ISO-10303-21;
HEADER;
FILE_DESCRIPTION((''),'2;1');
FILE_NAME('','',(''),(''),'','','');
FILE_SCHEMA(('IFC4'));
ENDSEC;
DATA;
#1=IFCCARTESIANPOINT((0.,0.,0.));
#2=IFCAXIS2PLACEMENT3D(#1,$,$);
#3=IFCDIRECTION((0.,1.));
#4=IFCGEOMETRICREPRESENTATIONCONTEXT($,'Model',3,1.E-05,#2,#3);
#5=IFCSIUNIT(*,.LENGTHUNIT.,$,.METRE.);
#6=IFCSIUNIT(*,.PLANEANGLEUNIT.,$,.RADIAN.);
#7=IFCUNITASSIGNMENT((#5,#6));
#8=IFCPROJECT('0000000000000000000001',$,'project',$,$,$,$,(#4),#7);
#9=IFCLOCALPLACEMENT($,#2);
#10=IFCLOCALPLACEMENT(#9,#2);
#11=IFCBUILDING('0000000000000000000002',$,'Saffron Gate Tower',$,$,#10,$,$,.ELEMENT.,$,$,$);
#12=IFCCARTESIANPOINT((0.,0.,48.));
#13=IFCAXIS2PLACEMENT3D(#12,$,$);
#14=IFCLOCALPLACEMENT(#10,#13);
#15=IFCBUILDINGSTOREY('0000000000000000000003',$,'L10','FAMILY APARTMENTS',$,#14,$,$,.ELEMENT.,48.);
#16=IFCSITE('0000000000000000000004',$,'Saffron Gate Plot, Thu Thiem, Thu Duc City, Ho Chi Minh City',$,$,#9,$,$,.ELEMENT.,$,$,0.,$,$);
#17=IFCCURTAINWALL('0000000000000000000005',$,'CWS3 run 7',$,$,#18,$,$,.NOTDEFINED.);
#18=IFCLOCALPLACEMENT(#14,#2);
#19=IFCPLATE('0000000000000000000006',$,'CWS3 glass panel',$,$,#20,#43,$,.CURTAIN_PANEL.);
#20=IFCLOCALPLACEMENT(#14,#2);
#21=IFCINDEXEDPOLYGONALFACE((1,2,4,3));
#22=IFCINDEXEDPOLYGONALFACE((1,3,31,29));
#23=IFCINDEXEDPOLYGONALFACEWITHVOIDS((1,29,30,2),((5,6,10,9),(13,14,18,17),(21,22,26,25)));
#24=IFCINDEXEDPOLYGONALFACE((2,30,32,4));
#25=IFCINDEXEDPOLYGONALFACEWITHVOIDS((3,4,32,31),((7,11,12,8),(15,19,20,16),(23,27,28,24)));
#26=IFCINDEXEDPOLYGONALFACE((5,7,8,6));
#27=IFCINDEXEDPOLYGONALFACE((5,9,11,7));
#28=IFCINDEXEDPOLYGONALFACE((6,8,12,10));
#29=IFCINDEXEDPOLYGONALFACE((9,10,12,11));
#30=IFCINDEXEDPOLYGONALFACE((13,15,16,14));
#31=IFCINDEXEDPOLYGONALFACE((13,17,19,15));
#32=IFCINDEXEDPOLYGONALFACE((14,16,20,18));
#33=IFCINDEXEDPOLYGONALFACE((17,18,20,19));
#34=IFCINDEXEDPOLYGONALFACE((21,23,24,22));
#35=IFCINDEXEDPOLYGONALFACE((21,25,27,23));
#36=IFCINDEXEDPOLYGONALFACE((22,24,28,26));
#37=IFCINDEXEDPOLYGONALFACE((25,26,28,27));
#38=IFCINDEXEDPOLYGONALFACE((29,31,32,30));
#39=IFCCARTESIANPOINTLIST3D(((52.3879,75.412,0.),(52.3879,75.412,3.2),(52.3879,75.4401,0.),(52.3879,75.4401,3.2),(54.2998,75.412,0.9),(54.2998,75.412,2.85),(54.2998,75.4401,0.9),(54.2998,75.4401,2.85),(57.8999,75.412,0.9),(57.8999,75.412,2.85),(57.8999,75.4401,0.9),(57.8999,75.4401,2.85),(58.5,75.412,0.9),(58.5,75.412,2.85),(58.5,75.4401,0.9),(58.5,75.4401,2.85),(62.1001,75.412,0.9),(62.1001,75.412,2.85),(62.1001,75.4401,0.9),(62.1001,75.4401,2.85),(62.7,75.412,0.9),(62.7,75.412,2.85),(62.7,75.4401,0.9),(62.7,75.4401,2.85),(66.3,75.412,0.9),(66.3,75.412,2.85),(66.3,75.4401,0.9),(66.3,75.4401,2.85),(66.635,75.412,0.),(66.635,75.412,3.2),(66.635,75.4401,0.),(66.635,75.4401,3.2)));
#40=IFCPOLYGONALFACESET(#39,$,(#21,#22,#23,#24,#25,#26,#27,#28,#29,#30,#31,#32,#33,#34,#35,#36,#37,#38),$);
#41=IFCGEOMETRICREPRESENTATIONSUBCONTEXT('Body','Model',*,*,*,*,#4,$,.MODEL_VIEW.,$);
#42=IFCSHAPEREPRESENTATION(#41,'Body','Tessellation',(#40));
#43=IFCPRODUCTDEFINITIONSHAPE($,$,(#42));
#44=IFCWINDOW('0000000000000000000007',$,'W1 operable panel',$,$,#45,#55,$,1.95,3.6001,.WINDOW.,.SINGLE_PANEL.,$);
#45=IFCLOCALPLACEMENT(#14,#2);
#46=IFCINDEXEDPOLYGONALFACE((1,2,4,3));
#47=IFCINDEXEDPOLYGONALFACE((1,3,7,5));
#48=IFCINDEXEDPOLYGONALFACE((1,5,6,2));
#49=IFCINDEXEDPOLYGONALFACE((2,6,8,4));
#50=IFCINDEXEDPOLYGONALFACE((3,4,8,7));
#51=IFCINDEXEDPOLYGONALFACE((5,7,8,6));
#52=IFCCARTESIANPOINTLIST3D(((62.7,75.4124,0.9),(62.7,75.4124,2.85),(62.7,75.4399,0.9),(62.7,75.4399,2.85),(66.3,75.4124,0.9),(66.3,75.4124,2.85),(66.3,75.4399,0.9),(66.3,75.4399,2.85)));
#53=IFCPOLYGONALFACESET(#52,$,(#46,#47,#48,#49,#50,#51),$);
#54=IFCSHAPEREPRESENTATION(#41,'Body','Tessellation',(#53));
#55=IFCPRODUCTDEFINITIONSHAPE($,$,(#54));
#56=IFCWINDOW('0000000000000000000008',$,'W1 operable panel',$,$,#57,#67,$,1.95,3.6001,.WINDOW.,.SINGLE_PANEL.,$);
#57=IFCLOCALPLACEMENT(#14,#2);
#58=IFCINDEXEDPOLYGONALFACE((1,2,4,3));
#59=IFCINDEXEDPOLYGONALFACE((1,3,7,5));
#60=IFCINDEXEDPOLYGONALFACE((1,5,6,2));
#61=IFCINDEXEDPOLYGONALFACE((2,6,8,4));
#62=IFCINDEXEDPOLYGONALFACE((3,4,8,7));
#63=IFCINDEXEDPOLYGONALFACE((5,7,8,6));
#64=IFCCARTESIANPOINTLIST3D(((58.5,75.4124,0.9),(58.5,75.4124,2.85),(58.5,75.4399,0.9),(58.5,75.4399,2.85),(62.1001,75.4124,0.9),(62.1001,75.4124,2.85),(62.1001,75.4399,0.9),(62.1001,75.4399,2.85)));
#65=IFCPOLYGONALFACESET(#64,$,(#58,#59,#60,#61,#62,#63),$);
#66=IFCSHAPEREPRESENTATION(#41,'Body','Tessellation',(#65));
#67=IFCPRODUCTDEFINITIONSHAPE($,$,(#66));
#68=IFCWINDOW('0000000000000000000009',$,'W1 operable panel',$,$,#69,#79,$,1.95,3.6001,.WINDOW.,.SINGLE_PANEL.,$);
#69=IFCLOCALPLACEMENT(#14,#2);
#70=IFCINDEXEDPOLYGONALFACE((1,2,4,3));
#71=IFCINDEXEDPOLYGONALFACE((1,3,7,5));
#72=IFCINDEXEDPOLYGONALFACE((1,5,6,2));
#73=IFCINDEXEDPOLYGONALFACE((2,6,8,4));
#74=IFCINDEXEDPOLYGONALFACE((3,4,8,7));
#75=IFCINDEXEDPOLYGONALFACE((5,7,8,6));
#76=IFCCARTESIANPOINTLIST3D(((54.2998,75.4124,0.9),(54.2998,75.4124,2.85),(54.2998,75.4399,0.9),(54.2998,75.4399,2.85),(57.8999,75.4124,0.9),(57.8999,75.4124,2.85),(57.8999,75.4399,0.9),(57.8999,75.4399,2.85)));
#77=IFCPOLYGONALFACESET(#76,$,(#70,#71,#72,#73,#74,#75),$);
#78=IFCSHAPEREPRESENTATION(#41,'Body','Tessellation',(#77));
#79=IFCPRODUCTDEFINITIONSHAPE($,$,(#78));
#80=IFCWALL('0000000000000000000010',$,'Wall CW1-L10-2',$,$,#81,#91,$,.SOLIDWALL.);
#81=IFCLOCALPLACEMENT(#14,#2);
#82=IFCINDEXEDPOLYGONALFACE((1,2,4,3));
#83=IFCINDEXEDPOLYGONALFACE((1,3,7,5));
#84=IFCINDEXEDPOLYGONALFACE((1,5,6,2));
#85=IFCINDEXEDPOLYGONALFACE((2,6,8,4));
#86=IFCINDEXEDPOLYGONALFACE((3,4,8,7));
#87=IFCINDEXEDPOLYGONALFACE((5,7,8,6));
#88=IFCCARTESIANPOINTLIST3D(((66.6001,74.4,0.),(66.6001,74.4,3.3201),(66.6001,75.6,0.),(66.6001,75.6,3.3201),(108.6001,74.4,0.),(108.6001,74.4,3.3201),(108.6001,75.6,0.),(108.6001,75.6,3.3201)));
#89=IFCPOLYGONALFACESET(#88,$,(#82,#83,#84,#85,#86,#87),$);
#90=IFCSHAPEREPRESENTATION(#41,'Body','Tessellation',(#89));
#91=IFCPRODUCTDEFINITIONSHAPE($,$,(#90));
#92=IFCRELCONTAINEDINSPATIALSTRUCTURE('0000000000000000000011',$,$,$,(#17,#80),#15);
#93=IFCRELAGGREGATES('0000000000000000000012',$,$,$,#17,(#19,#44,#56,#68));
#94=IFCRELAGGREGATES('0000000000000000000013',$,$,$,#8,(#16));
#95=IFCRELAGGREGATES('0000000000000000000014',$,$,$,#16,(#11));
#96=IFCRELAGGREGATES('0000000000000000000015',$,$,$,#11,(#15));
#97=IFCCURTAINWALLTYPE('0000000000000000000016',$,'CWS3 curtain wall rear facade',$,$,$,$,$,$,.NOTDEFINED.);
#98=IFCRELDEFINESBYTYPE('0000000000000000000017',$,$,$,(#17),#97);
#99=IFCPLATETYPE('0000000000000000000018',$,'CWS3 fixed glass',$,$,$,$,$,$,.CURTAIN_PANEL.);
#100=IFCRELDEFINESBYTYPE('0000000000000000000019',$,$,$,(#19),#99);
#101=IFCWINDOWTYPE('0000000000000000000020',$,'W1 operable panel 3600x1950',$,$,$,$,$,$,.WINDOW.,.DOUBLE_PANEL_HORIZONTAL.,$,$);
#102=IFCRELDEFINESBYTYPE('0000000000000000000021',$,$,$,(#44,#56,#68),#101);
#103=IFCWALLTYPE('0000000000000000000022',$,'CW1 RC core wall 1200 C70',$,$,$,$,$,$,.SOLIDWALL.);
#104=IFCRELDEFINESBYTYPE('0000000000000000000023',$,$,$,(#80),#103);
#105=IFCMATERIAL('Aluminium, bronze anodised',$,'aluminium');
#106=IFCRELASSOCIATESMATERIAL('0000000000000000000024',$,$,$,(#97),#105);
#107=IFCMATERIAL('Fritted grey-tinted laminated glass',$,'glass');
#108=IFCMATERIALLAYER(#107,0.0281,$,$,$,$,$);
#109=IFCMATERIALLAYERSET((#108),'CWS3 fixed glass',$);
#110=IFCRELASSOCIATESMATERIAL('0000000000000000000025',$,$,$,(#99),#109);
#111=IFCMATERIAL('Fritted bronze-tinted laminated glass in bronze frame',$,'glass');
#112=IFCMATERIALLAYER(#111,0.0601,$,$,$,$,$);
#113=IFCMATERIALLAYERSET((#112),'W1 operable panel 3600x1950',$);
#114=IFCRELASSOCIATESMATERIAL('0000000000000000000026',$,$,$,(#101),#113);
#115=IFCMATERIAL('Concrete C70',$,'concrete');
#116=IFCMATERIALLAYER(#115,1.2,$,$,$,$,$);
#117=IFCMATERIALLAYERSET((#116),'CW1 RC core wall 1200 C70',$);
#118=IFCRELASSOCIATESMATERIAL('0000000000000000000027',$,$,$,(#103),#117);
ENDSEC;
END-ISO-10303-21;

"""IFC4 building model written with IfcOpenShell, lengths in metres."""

from ifc_helpers import new_model, si_unit, direction, frame, frame_2d, origin, place, context, subcontext, project, spatial, rectangle, extrude, material, layer, layer_set, type_object, element, fill, aggregate, save


model = new_model("IFC4")

# Units and contexts
model_context = context("Model", 3, precision=1e-05, world=origin(), true_north=direction((0.0, 1.0)))
body_context = subcontext(model_context, "Body", "Model", "MODEL_VIEW")
ifc_project = project(units=[si_unit("LENGTHUNIT", "METRE"), si_unit("PLANEANGLEUNIT", "RADIAN")], contexts=[model_context])

# Site, building, storey
site_placement = place(None, origin())
site = spatial("IfcSite", under=ifc_project, at=site_placement, Name="Saffron Gate Plot, Thu Thiem, Thu Duc City, Ho Chi Minh City", CompositionType="ELEMENT", RefElevation=0.0)
building_placement = place(site_placement, origin())
building = spatial("IfcBuilding", under=site, at=building_placement, Name="Saffron Gate Tower", CompositionType="ELEMENT")
storey_placement = place(building_placement, frame((0.0, 0.0, 48.0)))
storey = spatial("IfcBuildingStorey", under=building, at=storey_placement, Name="L10", Description="FAMILY APARTMENTS", CompositionType="ELEMENT", Elevation=48.0)

# Curtain wall, plate, openings, windows
ifc_material_1 = material(Name="Aluminium, bronze anodised", Category="aluminium")
curtain_wall_type = type_object("IfcCurtainWallType", Name="CWS3 curtain wall rear facade", PredefinedType="NOTDEFINED", material=ifc_material_1)
curtain_wall_placement = place(storey_placement, origin())
curtain_wall = element("IfcCurtainWall", 1, at=curtain_wall_placement, inside=storey, type_object=curtain_wall_type, Name="CWS3 run 7", PredefinedType="NOTDEFINED")
ifc_material_2 = material(Name="Fritted grey-tinted laminated glass", Category="glass")
ifc_layer_1 = layer(ifc_material_2, 0.0281)
ifc_layer_set_1 = layer_set([ifc_layer_1], Name="CWS3 fixed glass")
plate_type = type_object("IfcPlateType", Name="CWS3 fixed glass", PredefinedType="CURTAIN_PANEL", material=ifc_layer_set_1)
plate_placement = place(storey_placement, frame((66.635, 75.426, 0.0), z_axis=(0.0, 0.0, 1.0), x_axis=(-1.0, 0.0, 0.0)))
plate = element("IfcPlate", 2, at=plate_placement, type_object=plate_type, Name="CWS3 glass panel", PredefinedType="CURTAIN_PANEL", context=body_context, shape_type="SweptSolid", body=[
    extrude(rectangle(XDim=14.2471, YDim=0.0281, at=frame_2d((7.1235, 0.0))), origin(), (0.0, 0.0, 1.0), 3.2),
])
opening_1_placement = place(plate_placement, frame((0.335, 0.0, 0.8999)))
opening_1 = element("IfcOpeningElement", 3, at=opening_1_placement, cuts=plate, PredefinedType="OPENING", context=body_context, shape_type="SweptSolid", body=[
    extrude(rectangle(XDim=3.6001, YDim=1.95, at=frame_2d((1.8, 0.9751))), frame((0.0, 0.0239, 0.0), z_axis=(0.0, -1.0, 0.0), x_axis=(1.0, 0.0, 0.0)), (0.0, 0.0, 1.0), 0.0481),
])
opening_2_placement = place(plate_placement, frame((4.5349, 0.0, 0.8999)))
opening_2 = element("IfcOpeningElement", 4, at=opening_2_placement, cuts=plate, PredefinedType="OPENING", context=body_context, shape_type="SweptSolid", body=[
    extrude(rectangle(XDim=3.6001, YDim=1.95, at=frame_2d((1.8, 0.9751))), frame((0.0, 0.0239, 0.0), z_axis=(0.0, -1.0, 0.0), x_axis=(1.0, 0.0, 0.0)), (0.0, 0.0, 1.0), 0.0481),
])
opening_3_placement = place(plate_placement, frame((8.7351, 0.0, 0.8999)))
opening_3 = element("IfcOpeningElement", 5, at=opening_3_placement, cuts=plate, PredefinedType="OPENING", context=body_context, shape_type="SweptSolid", body=[
    extrude(rectangle(XDim=3.6001, YDim=1.95, at=frame_2d((1.8, 0.9751))), frame((0.0, 0.0239, 0.0), z_axis=(0.0, -1.0, 0.0), x_axis=(1.0, 0.0, 0.0)), (0.0, 0.0, 1.0), 0.0481),
])
ifc_material_3 = material(Name="Fritted bronze-tinted laminated glass in bronze frame", Category="glass")
ifc_layer_2 = layer(ifc_material_3, 0.0601)
ifc_layer_set_2 = layer_set([ifc_layer_2], Name="W1 operable panel 3600x1950")
window_type = type_object("IfcWindowType", Name="W1 operable panel 3600x1950", PartitioningType="DOUBLE_PANEL_HORIZONTAL", PredefinedType="WINDOW", material=ifc_layer_set_2)
window_1_placement = place(opening_1_placement, origin())
window_1 = element("IfcWindow", 6, at=window_1_placement, type_object=window_type, Name="W1 operable panel", OverallHeight=1.95, OverallWidth=3.6001, PartitioningType="SINGLE_PANEL", PredefinedType="WINDOW", context=body_context, shape_type="SweptSolid", body=[
    extrude(rectangle(XDim=3.6001, YDim=1.95, at=frame_2d((1.8, 0.9751))), frame((0.0, 0.0137, 0.0), z_axis=(0.0, -1.0, 0.0), x_axis=(1.0, 0.0, 0.0)), (0.0, 0.0, 1.0), 0.0276),
])
fill(opening_1, window_1)
window_2_placement = place(opening_2_placement, origin())
window_2 = element("IfcWindow", 7, at=window_2_placement, type_object=window_type, Name="W1 operable panel", OverallHeight=1.95, OverallWidth=3.6001, PartitioningType="SINGLE_PANEL", PredefinedType="WINDOW", context=body_context, shape_type="SweptSolid", body=[
    extrude(rectangle(XDim=3.6001, YDim=1.95, at=frame_2d((1.8, 0.9751))), frame((0.0, 0.0137, 0.0), z_axis=(0.0, -1.0, 0.0), x_axis=(1.0, 0.0, 0.0)), (0.0, 0.0, 1.0), 0.0276),
])
fill(opening_2, window_2)
window_3_placement = place(opening_3_placement, origin())
window_3 = element("IfcWindow", 8, at=window_3_placement, type_object=window_type, Name="W1 operable panel", OverallHeight=1.95, OverallWidth=3.6001, PartitioningType="SINGLE_PANEL", PredefinedType="WINDOW", context=body_context, shape_type="SweptSolid", body=[
    extrude(rectangle(XDim=3.6001, YDim=1.95, at=frame_2d((1.8, 0.9751))), frame((0.0, 0.0137, 0.0), z_axis=(0.0, -1.0, 0.0), x_axis=(1.0, 0.0, 0.0)), (0.0, 0.0, 1.0), 0.0276),
])
fill(opening_3, window_3)
aggregate(curtain_wall, [plate, window_1, window_2, window_3])

# Wall
ifc_material_4 = material(Name="Concrete C70", Category="concrete")
ifc_layer_3 = layer(ifc_material_4, 1.2)
ifc_layer_set_3 = layer_set([ifc_layer_3], Name="CW1 RC core wall 1200 C70")
wall_type_1 = type_object("IfcWallType", Name="CW1 RC core wall 1200 C70", PredefinedType="SOLIDWALL", material=ifc_layer_set_3)
wall_1_placement = place(storey_placement, frame((66.6001, 75.0, 0.0), z_axis=(0.0, 0.0, 1.0), x_axis=(1.0, 0.0, 0.0)))
element("IfcWall", 9, at=wall_1_placement, inside=storey, type_object=wall_type_1, Name="Wall CW1-L10-2", PredefinedType="SOLIDWALL", context=body_context, shape_type="SweptSolid", body=[
    extrude(rectangle(XDim=42.0, YDim=1.2, at=frame_2d((21.0, 0.0))), origin(), (0.0, 0.0, 1.0), 3.3201),
])

save(model, "model.ifc")
